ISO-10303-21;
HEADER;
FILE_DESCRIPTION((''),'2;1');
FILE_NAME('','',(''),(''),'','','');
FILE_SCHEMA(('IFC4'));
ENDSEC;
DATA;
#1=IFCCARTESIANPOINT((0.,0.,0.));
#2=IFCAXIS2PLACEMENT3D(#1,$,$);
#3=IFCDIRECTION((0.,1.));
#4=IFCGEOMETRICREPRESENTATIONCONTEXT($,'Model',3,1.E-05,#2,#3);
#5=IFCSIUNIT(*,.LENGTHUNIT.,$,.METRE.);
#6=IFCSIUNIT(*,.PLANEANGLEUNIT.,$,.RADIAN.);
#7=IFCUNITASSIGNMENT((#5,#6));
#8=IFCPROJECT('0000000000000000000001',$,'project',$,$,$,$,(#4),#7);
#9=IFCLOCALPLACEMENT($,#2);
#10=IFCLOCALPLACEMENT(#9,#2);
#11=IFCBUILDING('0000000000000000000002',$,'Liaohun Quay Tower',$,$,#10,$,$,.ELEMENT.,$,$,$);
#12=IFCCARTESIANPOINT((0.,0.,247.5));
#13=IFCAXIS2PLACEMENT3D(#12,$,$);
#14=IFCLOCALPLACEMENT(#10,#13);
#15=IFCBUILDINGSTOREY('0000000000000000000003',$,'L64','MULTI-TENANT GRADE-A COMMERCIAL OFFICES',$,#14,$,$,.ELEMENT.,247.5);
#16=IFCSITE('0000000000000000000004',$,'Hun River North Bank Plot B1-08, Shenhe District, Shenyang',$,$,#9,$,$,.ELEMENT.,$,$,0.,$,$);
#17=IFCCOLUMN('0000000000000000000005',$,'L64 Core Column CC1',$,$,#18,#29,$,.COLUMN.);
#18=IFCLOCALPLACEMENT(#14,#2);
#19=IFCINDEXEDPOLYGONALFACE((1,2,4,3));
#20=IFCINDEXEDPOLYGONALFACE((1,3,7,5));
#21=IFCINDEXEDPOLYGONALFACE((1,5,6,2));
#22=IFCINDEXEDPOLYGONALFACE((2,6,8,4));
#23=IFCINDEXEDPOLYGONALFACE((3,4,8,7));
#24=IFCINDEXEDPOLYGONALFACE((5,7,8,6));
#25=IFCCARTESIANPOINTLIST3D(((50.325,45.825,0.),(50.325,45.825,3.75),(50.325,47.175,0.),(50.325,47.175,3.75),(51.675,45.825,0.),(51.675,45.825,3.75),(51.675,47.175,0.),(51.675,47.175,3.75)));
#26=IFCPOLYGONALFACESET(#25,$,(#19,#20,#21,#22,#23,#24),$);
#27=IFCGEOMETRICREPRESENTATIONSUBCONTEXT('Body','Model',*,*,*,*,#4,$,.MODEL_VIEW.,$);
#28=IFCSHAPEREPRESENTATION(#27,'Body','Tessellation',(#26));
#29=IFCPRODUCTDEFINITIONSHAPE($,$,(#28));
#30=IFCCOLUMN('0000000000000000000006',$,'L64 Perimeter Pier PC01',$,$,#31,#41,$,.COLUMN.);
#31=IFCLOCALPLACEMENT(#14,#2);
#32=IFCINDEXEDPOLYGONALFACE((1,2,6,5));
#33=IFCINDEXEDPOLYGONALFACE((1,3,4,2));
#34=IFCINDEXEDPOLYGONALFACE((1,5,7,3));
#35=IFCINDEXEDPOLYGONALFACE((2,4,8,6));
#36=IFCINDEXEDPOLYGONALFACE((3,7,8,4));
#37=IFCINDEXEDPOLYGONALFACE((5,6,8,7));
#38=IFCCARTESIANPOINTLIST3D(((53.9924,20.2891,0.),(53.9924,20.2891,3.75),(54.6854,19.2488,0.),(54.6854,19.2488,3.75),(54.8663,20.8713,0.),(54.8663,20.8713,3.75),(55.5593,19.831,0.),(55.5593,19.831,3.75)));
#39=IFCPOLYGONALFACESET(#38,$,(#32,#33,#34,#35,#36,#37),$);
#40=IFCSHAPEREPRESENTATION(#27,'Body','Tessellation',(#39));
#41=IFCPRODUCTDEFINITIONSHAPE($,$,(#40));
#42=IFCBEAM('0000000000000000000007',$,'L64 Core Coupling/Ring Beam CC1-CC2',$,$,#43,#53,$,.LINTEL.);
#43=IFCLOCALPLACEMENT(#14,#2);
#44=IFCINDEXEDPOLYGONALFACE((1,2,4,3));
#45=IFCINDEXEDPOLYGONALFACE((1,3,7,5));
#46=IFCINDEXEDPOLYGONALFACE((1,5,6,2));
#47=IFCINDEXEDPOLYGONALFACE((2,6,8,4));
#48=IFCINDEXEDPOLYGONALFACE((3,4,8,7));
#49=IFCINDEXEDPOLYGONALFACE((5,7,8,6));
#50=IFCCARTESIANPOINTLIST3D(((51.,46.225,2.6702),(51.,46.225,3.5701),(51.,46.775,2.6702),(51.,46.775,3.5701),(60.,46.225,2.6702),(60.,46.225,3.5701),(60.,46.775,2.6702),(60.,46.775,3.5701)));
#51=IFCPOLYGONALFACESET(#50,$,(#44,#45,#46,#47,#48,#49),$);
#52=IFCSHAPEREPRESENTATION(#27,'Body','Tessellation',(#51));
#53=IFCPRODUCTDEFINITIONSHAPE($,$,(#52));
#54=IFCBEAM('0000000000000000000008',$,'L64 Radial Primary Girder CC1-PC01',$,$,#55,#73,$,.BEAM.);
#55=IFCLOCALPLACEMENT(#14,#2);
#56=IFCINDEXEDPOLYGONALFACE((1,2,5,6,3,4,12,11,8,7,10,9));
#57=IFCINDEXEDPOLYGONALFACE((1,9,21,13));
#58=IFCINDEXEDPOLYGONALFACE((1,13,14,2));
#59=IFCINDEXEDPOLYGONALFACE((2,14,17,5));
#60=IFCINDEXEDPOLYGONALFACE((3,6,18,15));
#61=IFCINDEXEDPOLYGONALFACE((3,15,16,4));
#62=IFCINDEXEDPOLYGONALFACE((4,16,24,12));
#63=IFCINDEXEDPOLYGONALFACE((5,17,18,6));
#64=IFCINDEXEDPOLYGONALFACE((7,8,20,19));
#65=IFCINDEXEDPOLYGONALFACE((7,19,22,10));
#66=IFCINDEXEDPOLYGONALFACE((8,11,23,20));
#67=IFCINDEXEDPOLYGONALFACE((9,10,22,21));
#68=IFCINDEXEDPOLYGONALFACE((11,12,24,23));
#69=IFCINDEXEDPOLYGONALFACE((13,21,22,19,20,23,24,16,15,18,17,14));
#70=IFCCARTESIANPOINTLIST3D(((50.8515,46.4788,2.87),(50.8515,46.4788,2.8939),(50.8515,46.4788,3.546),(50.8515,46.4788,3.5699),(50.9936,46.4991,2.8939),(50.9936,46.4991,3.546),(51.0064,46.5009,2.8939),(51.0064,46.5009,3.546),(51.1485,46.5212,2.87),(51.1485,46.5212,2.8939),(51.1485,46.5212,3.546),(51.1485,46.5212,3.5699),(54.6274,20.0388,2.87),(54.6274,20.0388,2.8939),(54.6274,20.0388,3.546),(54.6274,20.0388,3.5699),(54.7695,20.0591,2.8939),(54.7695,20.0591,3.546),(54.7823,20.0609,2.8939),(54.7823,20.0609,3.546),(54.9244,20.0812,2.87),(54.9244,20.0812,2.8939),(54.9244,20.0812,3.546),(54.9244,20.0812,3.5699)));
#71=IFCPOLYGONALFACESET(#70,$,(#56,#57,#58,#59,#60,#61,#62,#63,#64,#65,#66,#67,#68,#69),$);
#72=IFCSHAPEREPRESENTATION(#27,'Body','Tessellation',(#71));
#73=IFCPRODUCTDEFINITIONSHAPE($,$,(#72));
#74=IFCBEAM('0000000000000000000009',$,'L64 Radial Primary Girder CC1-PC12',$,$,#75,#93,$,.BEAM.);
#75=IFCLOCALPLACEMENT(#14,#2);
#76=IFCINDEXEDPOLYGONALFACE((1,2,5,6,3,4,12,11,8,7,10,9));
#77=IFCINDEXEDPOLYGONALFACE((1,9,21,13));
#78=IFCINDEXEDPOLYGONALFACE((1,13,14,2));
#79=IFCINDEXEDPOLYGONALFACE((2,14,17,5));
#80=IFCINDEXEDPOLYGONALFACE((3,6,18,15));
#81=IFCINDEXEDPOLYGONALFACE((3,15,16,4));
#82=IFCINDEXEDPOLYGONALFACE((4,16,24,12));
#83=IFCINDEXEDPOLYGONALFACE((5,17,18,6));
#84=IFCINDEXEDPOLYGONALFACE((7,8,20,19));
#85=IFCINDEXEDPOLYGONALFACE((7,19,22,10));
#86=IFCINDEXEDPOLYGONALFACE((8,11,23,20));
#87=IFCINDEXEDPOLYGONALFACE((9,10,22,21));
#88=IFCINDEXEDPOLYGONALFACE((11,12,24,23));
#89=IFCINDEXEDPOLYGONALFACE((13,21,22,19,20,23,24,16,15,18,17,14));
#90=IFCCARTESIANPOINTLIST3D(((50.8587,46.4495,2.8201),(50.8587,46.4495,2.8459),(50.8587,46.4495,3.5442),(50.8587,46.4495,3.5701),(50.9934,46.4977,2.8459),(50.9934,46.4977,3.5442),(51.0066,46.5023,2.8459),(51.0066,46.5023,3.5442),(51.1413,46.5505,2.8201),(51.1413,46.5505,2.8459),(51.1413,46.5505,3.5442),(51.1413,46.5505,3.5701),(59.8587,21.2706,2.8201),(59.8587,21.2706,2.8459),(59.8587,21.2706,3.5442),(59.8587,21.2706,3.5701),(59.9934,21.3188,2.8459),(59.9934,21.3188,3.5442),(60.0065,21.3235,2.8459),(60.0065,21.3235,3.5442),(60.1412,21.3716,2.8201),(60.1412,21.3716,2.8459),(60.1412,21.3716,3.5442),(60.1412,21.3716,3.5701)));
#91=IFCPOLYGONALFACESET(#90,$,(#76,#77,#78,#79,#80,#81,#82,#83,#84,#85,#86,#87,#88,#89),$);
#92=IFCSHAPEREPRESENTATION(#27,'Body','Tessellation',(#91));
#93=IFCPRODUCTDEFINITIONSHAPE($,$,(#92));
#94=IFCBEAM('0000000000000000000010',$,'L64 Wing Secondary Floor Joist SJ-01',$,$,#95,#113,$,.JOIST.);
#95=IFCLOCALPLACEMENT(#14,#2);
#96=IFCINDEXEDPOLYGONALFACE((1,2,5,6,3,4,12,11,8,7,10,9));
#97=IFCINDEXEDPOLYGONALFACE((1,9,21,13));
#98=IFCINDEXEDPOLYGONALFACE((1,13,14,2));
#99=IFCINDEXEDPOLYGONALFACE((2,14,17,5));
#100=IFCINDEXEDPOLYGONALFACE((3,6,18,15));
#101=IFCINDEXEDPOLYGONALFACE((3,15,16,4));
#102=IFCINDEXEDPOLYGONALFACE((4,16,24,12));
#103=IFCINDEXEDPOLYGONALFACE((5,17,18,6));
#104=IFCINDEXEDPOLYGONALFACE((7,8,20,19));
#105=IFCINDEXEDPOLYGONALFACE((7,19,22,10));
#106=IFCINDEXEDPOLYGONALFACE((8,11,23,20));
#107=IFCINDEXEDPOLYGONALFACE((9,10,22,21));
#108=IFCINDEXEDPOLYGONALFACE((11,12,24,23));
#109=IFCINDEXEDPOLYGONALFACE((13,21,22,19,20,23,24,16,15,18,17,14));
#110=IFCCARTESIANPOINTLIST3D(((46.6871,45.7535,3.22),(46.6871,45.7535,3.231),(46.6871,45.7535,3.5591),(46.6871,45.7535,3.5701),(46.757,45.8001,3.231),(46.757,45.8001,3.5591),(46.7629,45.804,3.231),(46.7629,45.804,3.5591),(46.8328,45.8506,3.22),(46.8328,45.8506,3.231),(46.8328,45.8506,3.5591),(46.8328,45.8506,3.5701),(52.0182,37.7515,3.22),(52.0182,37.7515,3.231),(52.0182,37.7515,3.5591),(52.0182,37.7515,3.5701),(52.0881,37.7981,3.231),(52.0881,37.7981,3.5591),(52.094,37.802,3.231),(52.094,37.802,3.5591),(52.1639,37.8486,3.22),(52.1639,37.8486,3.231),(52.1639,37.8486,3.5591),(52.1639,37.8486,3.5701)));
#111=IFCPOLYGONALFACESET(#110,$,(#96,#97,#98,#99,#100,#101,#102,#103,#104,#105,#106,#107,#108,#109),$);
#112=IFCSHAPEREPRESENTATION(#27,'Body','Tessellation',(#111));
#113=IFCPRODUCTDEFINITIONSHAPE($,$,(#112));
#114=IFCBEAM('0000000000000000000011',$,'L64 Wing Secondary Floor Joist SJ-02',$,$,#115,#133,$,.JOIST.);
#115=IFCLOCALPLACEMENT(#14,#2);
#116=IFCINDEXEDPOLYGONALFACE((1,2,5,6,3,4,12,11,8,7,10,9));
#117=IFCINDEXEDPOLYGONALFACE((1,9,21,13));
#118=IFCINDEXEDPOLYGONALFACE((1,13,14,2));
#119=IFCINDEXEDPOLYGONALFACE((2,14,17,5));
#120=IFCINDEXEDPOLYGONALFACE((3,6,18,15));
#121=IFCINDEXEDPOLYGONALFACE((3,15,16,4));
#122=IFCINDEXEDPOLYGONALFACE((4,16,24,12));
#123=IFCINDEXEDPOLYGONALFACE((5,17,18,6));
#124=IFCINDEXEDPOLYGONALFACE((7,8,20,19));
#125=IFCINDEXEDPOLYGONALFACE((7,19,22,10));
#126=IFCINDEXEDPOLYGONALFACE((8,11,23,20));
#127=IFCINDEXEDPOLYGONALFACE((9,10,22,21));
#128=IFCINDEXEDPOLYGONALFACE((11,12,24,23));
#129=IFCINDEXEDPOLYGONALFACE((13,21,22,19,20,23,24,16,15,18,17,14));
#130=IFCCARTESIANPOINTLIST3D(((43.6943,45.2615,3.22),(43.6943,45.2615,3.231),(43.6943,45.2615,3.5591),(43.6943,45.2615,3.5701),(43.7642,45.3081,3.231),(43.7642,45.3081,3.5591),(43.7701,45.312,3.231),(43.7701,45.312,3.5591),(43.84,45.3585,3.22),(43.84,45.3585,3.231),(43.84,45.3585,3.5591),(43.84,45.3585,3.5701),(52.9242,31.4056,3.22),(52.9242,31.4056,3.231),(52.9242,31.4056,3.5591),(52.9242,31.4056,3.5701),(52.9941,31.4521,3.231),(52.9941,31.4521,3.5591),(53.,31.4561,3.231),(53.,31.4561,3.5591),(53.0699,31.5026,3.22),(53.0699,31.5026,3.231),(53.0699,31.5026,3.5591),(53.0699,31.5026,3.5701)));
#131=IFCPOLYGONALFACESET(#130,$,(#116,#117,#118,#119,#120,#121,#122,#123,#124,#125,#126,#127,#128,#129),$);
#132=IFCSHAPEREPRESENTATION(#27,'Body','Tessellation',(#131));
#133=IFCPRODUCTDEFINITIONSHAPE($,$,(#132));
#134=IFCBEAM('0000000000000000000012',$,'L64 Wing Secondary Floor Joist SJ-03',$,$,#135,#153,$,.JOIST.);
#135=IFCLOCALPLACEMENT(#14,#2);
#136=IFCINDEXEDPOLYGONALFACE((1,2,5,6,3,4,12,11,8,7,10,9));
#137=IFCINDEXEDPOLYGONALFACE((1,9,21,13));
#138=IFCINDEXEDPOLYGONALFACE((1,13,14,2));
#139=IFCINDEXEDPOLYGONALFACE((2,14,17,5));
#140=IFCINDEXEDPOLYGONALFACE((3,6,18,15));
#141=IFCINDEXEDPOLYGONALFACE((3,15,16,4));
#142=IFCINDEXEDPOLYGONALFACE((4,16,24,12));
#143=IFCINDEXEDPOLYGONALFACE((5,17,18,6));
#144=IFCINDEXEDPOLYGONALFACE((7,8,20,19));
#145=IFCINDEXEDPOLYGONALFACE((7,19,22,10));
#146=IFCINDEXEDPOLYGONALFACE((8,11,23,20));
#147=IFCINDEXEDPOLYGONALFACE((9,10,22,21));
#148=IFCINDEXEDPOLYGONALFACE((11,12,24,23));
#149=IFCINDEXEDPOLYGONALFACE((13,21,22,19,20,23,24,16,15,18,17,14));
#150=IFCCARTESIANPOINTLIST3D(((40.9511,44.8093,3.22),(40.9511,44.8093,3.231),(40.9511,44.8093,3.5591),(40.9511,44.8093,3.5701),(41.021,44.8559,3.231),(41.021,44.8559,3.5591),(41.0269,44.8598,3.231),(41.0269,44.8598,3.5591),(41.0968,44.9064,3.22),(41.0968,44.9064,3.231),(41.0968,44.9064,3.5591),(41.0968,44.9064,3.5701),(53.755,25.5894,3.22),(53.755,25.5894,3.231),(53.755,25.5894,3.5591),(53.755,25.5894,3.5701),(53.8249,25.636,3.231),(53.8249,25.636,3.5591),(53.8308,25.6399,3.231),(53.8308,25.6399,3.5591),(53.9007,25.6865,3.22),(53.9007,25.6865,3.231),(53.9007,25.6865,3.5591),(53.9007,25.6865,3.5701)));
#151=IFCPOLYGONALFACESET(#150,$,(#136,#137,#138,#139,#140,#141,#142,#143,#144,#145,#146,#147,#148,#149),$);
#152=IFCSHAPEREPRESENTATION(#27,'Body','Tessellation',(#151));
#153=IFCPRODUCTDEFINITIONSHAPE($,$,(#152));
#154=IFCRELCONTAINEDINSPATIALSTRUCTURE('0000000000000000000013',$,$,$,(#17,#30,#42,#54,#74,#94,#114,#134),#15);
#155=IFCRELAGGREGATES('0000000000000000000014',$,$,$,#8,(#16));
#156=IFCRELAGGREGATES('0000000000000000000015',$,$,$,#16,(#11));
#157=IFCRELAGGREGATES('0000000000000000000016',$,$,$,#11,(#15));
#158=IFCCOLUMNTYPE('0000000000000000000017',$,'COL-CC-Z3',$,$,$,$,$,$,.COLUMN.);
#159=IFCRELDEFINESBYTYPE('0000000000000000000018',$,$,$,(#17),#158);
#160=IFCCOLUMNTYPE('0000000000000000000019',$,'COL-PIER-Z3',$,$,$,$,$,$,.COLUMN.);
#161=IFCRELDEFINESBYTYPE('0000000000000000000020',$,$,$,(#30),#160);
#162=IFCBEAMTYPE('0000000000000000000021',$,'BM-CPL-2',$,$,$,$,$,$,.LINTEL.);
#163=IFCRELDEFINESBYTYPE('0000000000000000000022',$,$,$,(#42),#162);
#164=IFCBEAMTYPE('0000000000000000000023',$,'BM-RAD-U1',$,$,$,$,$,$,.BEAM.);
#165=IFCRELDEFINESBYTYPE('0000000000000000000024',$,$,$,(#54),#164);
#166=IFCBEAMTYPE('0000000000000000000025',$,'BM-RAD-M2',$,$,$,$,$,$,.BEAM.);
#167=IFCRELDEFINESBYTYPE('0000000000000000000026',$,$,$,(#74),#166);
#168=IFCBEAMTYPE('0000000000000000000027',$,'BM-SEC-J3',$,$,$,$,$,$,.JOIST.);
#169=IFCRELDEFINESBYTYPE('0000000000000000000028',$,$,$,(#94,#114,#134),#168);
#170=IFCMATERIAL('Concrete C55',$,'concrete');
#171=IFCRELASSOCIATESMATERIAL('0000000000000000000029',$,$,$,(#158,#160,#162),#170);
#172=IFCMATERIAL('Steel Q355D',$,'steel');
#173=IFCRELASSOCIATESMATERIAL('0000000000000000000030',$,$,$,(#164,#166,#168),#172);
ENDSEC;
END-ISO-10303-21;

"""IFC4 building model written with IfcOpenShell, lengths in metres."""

from ifc_helpers import new_model, si_unit, direction, frame, origin, origin_2d, place, context, subcontext, project, spatial, rectangle, i_section, extrude, source, transform, mapped, material, material_profile, profile_set, type_object, element, save


model = new_model("IFC4")

# Units and contexts
model_context = context("Model", 3, precision=1e-05, world=origin(), true_north=direction((0.0, 1.0)))
body_context = subcontext(model_context, "Body", "Model", "MODEL_VIEW")
ifc_project = project(units=[si_unit("LENGTHUNIT", "METRE"), si_unit("PLANEANGLEUNIT", "RADIAN")], contexts=[model_context])

# Site, building, storey
site_placement = place(None, origin())
site = spatial("IfcSite", under=ifc_project, at=site_placement, Name="Hun River North Bank Plot B1-08, Shenhe District, Shenyang", CompositionType="ELEMENT", RefElevation=0.0)
building_placement = place(site_placement, origin())
building = spatial("IfcBuilding", under=site, at=building_placement, Name="Liaohun Quay Tower", CompositionType="ELEMENT")
storey_placement = place(building_placement, frame((0.0, 0.0, 247.5)))
storey = spatial("IfcBuildingStorey", under=building, at=storey_placement, Name="L64", Description="MULTI-TENANT GRADE-A COMMERCIAL OFFICES", CompositionType="ELEMENT", Elevation=247.5)

# Columns
ifc_material_1 = material(Name="Concrete C55", Category="concrete")
ifc_material_profile_1 = material_profile(ifc_material_1, rectangle(XDim=1.3501, YDim=1.3501, at=origin_2d()), Name="RC1350x1350")
ifc_profile_set_1 = profile_set([ifc_material_profile_1], Name="Concrete C55")
column_type_1 = type_object("IfcColumnType", Name="COL-CC-Z3", PredefinedType="COLUMN", material=ifc_profile_set_1)
shared_shape_1 = source(origin(), body_context, "Body", "SweptSolid", [
    extrude(rectangle(XDim=1.3501, YDim=1.3501, at=origin_2d()), origin(), (0.0, 0.0, 1.0), 3.75),
])
column_1_placement = place(storey_placement, frame((51.0, 46.5, 0.0), z_axis=(0.0, 0.0, 1.0), x_axis=(1.0, 0.0, 0.0)))
element("IfcColumn", 1, at=column_1_placement, inside=storey, type_object=column_type_1, Name="L64 Core Column CC1", PredefinedType="COLUMN", context=body_context, shape_type="MappedRepresentation", body=[
    mapped(shared_shape_1, transform((0.0, 0.0, 0.0), x_axis=(1.0, 0.0, 0.0), y_axis=(0.0, 1.0, 0.0), z_axis=(0.0, 0.0, 1.0), scale=1.0)),
])
ifc_material_profile_2 = material_profile(ifc_material_1, rectangle(XDim=1.25, YDim=1.05, at=origin_2d()), Name="RC1250x1050")
ifc_profile_set_2 = profile_set([ifc_material_profile_2], Name="Concrete C55")
column_type_2 = type_object("IfcColumnType", Name="COL-PIER-Z3", PredefinedType="COLUMN", material=ifc_profile_set_2)
shared_shape_2 = source(origin(), body_context, "Body", "SweptSolid", [
    extrude(rectangle(XDim=1.25, YDim=1.05, at=origin_2d()), origin(), (0.0, 0.0, 1.0), 3.75),
])
column_2_placement = place(storey_placement, frame((54.7759, 20.0601, 0.0), z_axis=(0.0, 0.0, 1.0), x_axis=(-0.554409, 0.832245, 0.0)))
element("IfcColumn", 2, at=column_2_placement, inside=storey, type_object=column_type_2, Name="L64 Perimeter Pier PC01", PredefinedType="COLUMN", context=body_context, shape_type="MappedRepresentation", body=[
    mapped(shared_shape_2, transform((0.0, 0.0, 0.0), x_axis=(1.0, 0.0, 0.0), y_axis=(0.0, 1.0, 0.0), z_axis=(0.0, 0.0, 1.0), scale=1.0)),
])

# Beams
ifc_material_profile_3 = material_profile(ifc_material_1, rectangle(XDim=0.55, YDim=0.8999, at=origin_2d()), Name="RC550x900")
ifc_profile_set_3 = profile_set([ifc_material_profile_3], Name="Concrete C55")
beam_type_1 = type_object("IfcBeamType", Name="BM-CPL-2", PredefinedType="LINTEL", material=ifc_profile_set_3)
shared_shape_3 = source(origin(), body_context, "Body", "SweptSolid", [
    extrude(rectangle(XDim=0.55, YDim=0.8999, at=origin_2d()), origin(), (0.0, 0.0, 1.0), 9.0),
])
beam_1_placement = place(storey_placement, frame((51.0, 46.5, 3.1201), z_axis=(1.0, 0.0, 0.0), x_axis=(0.0, 1.0, 0.0)))
element("IfcBeam", 3, at=beam_1_placement, inside=storey, type_object=beam_type_1, Name="L64 Core Coupling/Ring Beam CC1-CC2", PredefinedType="LINTEL", context=body_context, shape_type="MappedRepresentation", body=[
    mapped(shared_shape_3, transform((0.0, 0.0, 0.0), x_axis=(1.0, 0.0, 0.0), y_axis=(0.0, 1.0, 0.0), z_axis=(0.0, 0.0, 1.0), scale=1.0)),
])
ifc_material_2 = material(Name="Steel Q355D", Category="steel")
ifc_material_profile_4 = material_profile(ifc_material_2, i_section(OverallWidth=0.3, OverallDepth=0.7, WebThickness=0.0129, FlangeThickness=0.0239, at=origin_2d()), Name="HN700x300x13x24")
ifc_profile_set_4 = profile_set([ifc_material_profile_4], Name="Steel Q355D")
beam_type_2 = type_object("IfcBeamType", Name="BM-RAD-U1", PredefinedType="BEAM", material=ifc_profile_set_4)
shared_shape_4 = source(origin(), body_context, "Body", "SweptSolid", [
    extrude(i_section(OverallWidth=0.3, OverallDepth=0.7, WebThickness=0.0129, FlangeThickness=0.0239, at=origin_2d()), origin(), (0.0, 0.0, 1.0), 26.7083),
])
beam_2_placement = place(storey_placement, frame((51.0, 46.5, 3.22), z_axis=(0.141375, -0.989956, 0.0), x_axis=(0.989956, 0.141375, 0.0)))
element("IfcBeam", 4, at=beam_2_placement, inside=storey, type_object=beam_type_2, Name="L64 Radial Primary Girder CC1-PC01", PredefinedType="BEAM", context=body_context, shape_type="MappedRepresentation", body=[
    mapped(shared_shape_4, transform((0.0, 0.0, 0.0), x_axis=(1.0, 0.0, 0.0), y_axis=(0.0, 1.0, 0.0), z_axis=(0.0, 0.0, 1.0), scale=1.0)),
])
ifc_material_profile_5 = material_profile(ifc_material_2, i_section(OverallWidth=0.3, OverallDepth=0.75, WebThickness=0.0139, FlangeThickness=0.0259, at=origin_2d()), Name="HN750x300x14x26")
ifc_profile_set_5 = profile_set([ifc_material_profile_5], Name="Steel Q355D")
beam_type_3 = type_object("IfcBeamType", Name="BM-RAD-M2", PredefinedType="BEAM", material=ifc_profile_set_5)
shared_shape_5 = source(origin(), body_context, "Body", "SweptSolid", [
    extrude(i_section(OverallWidth=0.3, OverallDepth=0.75, WebThickness=0.0139, FlangeThickness=0.0259, at=origin_2d()), origin(), (0.0, 0.0, 1.0), 26.739),
])
beam_3_placement = place(storey_placement, frame((51.0, 46.5, 3.1951), z_axis=(0.336586, -0.941653, 0.0), x_axis=(0.941653, 0.336586, 0.0)))
element("IfcBeam", 5, at=beam_3_placement, inside=storey, type_object=beam_type_3, Name="L64 Radial Primary Girder CC1-PC12", PredefinedType="BEAM", context=body_context, shape_type="MappedRepresentation", body=[
    mapped(shared_shape_5, transform((0.0, 0.0, 0.0), x_axis=(1.0, 0.0, 0.0), y_axis=(0.0, 1.0, 0.0), z_axis=(0.0, 0.0, 1.0), scale=1.0)),
])
ifc_material_profile_6 = material_profile(ifc_material_2, i_section(OverallWidth=0.175, OverallDepth=0.3501, WebThickness=0.0071, FlangeThickness=0.011, at=origin_2d()), Name="HN350x175x7x11")
ifc_profile_set_6 = profile_set([ifc_material_profile_6], Name="Steel Q355D")
beam_type_4 = type_object("IfcBeamType", Name="BM-SEC-J3", PredefinedType="JOIST", material=ifc_profile_set_6)
shared_shape_6 = source(origin(), body_context, "Body", "SweptSolid", [
    extrude(i_section(OverallWidth=0.175, OverallDepth=0.3501, WebThickness=0.0071, FlangeThickness=0.011, at=origin_2d()), origin(), (0.0, 0.0, 1.0), 9.6152),
])
beam_4_placement = place(storey_placement, frame((52.0911, 37.8, 3.395), z_axis=(-0.554442, 0.832222, 0.0), x_axis=(-0.832222, -0.554442, 0.0)))
element("IfcBeam", 6, at=beam_4_placement, inside=storey, type_object=beam_type_4, Name="L64 Wing Secondary Floor Joist SJ-01", PredefinedType="JOIST", context=body_context, shape_type="MappedRepresentation", body=[
    mapped(shared_shape_6, transform((0.0, 0.0, 0.0), x_axis=(1.0, 0.0, 0.0), y_axis=(0.0, 1.0, 0.0), z_axis=(0.0, 0.0, 1.0), scale=1.0)),
])
shared_shape_7 = source(origin(), body_context, "Body", "SweptSolid", [
    extrude(i_section(OverallWidth=0.175, OverallDepth=0.3501, WebThickness=0.0071, FlangeThickness=0.011, at=origin_2d()), origin(), (0.0, 0.0, 1.0), 16.6487),
])
beam_5_placement = place(storey_placement, frame((52.9971, 31.4541, 3.395), z_axis=(-0.554396, 0.832253, 0.0), x_axis=(-0.832253, -0.554396, 0.0)))
element("IfcBeam", 7, at=beam_5_placement, inside=storey, type_object=beam_type_4, Name="L64 Wing Secondary Floor Joist SJ-02", PredefinedType="JOIST", context=body_context, shape_type="MappedRepresentation", body=[
    mapped(shared_shape_7, transform((0.0, 0.0, 0.0), x_axis=(1.0, 0.0, 0.0), y_axis=(0.0, 1.0, 0.0), z_axis=(0.0, 0.0, 1.0), scale=1.0)),
])
shared_shape_8 = source(origin(), body_context, "Body", "SweptSolid", [
    extrude(i_section(OverallWidth=0.175, OverallDepth=0.3501, WebThickness=0.0071, FlangeThickness=0.011, at=origin_2d()), origin(), (0.0, 0.0, 1.0), 23.0942),
])
beam_6_placement = place(storey_placement, frame((53.8279, 25.6379, 3.395), z_axis=(-0.55442, 0.832237, 0.0), x_axis=(-0.832237, -0.55442, 0.0)))
element("IfcBeam", 8, at=beam_6_placement, inside=storey, type_object=beam_type_4, Name="L64 Wing Secondary Floor Joist SJ-03", PredefinedType="JOIST", context=body_context, shape_type="MappedRepresentation", body=[
    mapped(shared_shape_8, transform((0.0, 0.0, 0.0), x_axis=(1.0, 0.0, 0.0), y_axis=(0.0, 1.0, 0.0), z_axis=(0.0, 0.0, 1.0), scale=1.0)),
])

save(model, "model.ifc")
